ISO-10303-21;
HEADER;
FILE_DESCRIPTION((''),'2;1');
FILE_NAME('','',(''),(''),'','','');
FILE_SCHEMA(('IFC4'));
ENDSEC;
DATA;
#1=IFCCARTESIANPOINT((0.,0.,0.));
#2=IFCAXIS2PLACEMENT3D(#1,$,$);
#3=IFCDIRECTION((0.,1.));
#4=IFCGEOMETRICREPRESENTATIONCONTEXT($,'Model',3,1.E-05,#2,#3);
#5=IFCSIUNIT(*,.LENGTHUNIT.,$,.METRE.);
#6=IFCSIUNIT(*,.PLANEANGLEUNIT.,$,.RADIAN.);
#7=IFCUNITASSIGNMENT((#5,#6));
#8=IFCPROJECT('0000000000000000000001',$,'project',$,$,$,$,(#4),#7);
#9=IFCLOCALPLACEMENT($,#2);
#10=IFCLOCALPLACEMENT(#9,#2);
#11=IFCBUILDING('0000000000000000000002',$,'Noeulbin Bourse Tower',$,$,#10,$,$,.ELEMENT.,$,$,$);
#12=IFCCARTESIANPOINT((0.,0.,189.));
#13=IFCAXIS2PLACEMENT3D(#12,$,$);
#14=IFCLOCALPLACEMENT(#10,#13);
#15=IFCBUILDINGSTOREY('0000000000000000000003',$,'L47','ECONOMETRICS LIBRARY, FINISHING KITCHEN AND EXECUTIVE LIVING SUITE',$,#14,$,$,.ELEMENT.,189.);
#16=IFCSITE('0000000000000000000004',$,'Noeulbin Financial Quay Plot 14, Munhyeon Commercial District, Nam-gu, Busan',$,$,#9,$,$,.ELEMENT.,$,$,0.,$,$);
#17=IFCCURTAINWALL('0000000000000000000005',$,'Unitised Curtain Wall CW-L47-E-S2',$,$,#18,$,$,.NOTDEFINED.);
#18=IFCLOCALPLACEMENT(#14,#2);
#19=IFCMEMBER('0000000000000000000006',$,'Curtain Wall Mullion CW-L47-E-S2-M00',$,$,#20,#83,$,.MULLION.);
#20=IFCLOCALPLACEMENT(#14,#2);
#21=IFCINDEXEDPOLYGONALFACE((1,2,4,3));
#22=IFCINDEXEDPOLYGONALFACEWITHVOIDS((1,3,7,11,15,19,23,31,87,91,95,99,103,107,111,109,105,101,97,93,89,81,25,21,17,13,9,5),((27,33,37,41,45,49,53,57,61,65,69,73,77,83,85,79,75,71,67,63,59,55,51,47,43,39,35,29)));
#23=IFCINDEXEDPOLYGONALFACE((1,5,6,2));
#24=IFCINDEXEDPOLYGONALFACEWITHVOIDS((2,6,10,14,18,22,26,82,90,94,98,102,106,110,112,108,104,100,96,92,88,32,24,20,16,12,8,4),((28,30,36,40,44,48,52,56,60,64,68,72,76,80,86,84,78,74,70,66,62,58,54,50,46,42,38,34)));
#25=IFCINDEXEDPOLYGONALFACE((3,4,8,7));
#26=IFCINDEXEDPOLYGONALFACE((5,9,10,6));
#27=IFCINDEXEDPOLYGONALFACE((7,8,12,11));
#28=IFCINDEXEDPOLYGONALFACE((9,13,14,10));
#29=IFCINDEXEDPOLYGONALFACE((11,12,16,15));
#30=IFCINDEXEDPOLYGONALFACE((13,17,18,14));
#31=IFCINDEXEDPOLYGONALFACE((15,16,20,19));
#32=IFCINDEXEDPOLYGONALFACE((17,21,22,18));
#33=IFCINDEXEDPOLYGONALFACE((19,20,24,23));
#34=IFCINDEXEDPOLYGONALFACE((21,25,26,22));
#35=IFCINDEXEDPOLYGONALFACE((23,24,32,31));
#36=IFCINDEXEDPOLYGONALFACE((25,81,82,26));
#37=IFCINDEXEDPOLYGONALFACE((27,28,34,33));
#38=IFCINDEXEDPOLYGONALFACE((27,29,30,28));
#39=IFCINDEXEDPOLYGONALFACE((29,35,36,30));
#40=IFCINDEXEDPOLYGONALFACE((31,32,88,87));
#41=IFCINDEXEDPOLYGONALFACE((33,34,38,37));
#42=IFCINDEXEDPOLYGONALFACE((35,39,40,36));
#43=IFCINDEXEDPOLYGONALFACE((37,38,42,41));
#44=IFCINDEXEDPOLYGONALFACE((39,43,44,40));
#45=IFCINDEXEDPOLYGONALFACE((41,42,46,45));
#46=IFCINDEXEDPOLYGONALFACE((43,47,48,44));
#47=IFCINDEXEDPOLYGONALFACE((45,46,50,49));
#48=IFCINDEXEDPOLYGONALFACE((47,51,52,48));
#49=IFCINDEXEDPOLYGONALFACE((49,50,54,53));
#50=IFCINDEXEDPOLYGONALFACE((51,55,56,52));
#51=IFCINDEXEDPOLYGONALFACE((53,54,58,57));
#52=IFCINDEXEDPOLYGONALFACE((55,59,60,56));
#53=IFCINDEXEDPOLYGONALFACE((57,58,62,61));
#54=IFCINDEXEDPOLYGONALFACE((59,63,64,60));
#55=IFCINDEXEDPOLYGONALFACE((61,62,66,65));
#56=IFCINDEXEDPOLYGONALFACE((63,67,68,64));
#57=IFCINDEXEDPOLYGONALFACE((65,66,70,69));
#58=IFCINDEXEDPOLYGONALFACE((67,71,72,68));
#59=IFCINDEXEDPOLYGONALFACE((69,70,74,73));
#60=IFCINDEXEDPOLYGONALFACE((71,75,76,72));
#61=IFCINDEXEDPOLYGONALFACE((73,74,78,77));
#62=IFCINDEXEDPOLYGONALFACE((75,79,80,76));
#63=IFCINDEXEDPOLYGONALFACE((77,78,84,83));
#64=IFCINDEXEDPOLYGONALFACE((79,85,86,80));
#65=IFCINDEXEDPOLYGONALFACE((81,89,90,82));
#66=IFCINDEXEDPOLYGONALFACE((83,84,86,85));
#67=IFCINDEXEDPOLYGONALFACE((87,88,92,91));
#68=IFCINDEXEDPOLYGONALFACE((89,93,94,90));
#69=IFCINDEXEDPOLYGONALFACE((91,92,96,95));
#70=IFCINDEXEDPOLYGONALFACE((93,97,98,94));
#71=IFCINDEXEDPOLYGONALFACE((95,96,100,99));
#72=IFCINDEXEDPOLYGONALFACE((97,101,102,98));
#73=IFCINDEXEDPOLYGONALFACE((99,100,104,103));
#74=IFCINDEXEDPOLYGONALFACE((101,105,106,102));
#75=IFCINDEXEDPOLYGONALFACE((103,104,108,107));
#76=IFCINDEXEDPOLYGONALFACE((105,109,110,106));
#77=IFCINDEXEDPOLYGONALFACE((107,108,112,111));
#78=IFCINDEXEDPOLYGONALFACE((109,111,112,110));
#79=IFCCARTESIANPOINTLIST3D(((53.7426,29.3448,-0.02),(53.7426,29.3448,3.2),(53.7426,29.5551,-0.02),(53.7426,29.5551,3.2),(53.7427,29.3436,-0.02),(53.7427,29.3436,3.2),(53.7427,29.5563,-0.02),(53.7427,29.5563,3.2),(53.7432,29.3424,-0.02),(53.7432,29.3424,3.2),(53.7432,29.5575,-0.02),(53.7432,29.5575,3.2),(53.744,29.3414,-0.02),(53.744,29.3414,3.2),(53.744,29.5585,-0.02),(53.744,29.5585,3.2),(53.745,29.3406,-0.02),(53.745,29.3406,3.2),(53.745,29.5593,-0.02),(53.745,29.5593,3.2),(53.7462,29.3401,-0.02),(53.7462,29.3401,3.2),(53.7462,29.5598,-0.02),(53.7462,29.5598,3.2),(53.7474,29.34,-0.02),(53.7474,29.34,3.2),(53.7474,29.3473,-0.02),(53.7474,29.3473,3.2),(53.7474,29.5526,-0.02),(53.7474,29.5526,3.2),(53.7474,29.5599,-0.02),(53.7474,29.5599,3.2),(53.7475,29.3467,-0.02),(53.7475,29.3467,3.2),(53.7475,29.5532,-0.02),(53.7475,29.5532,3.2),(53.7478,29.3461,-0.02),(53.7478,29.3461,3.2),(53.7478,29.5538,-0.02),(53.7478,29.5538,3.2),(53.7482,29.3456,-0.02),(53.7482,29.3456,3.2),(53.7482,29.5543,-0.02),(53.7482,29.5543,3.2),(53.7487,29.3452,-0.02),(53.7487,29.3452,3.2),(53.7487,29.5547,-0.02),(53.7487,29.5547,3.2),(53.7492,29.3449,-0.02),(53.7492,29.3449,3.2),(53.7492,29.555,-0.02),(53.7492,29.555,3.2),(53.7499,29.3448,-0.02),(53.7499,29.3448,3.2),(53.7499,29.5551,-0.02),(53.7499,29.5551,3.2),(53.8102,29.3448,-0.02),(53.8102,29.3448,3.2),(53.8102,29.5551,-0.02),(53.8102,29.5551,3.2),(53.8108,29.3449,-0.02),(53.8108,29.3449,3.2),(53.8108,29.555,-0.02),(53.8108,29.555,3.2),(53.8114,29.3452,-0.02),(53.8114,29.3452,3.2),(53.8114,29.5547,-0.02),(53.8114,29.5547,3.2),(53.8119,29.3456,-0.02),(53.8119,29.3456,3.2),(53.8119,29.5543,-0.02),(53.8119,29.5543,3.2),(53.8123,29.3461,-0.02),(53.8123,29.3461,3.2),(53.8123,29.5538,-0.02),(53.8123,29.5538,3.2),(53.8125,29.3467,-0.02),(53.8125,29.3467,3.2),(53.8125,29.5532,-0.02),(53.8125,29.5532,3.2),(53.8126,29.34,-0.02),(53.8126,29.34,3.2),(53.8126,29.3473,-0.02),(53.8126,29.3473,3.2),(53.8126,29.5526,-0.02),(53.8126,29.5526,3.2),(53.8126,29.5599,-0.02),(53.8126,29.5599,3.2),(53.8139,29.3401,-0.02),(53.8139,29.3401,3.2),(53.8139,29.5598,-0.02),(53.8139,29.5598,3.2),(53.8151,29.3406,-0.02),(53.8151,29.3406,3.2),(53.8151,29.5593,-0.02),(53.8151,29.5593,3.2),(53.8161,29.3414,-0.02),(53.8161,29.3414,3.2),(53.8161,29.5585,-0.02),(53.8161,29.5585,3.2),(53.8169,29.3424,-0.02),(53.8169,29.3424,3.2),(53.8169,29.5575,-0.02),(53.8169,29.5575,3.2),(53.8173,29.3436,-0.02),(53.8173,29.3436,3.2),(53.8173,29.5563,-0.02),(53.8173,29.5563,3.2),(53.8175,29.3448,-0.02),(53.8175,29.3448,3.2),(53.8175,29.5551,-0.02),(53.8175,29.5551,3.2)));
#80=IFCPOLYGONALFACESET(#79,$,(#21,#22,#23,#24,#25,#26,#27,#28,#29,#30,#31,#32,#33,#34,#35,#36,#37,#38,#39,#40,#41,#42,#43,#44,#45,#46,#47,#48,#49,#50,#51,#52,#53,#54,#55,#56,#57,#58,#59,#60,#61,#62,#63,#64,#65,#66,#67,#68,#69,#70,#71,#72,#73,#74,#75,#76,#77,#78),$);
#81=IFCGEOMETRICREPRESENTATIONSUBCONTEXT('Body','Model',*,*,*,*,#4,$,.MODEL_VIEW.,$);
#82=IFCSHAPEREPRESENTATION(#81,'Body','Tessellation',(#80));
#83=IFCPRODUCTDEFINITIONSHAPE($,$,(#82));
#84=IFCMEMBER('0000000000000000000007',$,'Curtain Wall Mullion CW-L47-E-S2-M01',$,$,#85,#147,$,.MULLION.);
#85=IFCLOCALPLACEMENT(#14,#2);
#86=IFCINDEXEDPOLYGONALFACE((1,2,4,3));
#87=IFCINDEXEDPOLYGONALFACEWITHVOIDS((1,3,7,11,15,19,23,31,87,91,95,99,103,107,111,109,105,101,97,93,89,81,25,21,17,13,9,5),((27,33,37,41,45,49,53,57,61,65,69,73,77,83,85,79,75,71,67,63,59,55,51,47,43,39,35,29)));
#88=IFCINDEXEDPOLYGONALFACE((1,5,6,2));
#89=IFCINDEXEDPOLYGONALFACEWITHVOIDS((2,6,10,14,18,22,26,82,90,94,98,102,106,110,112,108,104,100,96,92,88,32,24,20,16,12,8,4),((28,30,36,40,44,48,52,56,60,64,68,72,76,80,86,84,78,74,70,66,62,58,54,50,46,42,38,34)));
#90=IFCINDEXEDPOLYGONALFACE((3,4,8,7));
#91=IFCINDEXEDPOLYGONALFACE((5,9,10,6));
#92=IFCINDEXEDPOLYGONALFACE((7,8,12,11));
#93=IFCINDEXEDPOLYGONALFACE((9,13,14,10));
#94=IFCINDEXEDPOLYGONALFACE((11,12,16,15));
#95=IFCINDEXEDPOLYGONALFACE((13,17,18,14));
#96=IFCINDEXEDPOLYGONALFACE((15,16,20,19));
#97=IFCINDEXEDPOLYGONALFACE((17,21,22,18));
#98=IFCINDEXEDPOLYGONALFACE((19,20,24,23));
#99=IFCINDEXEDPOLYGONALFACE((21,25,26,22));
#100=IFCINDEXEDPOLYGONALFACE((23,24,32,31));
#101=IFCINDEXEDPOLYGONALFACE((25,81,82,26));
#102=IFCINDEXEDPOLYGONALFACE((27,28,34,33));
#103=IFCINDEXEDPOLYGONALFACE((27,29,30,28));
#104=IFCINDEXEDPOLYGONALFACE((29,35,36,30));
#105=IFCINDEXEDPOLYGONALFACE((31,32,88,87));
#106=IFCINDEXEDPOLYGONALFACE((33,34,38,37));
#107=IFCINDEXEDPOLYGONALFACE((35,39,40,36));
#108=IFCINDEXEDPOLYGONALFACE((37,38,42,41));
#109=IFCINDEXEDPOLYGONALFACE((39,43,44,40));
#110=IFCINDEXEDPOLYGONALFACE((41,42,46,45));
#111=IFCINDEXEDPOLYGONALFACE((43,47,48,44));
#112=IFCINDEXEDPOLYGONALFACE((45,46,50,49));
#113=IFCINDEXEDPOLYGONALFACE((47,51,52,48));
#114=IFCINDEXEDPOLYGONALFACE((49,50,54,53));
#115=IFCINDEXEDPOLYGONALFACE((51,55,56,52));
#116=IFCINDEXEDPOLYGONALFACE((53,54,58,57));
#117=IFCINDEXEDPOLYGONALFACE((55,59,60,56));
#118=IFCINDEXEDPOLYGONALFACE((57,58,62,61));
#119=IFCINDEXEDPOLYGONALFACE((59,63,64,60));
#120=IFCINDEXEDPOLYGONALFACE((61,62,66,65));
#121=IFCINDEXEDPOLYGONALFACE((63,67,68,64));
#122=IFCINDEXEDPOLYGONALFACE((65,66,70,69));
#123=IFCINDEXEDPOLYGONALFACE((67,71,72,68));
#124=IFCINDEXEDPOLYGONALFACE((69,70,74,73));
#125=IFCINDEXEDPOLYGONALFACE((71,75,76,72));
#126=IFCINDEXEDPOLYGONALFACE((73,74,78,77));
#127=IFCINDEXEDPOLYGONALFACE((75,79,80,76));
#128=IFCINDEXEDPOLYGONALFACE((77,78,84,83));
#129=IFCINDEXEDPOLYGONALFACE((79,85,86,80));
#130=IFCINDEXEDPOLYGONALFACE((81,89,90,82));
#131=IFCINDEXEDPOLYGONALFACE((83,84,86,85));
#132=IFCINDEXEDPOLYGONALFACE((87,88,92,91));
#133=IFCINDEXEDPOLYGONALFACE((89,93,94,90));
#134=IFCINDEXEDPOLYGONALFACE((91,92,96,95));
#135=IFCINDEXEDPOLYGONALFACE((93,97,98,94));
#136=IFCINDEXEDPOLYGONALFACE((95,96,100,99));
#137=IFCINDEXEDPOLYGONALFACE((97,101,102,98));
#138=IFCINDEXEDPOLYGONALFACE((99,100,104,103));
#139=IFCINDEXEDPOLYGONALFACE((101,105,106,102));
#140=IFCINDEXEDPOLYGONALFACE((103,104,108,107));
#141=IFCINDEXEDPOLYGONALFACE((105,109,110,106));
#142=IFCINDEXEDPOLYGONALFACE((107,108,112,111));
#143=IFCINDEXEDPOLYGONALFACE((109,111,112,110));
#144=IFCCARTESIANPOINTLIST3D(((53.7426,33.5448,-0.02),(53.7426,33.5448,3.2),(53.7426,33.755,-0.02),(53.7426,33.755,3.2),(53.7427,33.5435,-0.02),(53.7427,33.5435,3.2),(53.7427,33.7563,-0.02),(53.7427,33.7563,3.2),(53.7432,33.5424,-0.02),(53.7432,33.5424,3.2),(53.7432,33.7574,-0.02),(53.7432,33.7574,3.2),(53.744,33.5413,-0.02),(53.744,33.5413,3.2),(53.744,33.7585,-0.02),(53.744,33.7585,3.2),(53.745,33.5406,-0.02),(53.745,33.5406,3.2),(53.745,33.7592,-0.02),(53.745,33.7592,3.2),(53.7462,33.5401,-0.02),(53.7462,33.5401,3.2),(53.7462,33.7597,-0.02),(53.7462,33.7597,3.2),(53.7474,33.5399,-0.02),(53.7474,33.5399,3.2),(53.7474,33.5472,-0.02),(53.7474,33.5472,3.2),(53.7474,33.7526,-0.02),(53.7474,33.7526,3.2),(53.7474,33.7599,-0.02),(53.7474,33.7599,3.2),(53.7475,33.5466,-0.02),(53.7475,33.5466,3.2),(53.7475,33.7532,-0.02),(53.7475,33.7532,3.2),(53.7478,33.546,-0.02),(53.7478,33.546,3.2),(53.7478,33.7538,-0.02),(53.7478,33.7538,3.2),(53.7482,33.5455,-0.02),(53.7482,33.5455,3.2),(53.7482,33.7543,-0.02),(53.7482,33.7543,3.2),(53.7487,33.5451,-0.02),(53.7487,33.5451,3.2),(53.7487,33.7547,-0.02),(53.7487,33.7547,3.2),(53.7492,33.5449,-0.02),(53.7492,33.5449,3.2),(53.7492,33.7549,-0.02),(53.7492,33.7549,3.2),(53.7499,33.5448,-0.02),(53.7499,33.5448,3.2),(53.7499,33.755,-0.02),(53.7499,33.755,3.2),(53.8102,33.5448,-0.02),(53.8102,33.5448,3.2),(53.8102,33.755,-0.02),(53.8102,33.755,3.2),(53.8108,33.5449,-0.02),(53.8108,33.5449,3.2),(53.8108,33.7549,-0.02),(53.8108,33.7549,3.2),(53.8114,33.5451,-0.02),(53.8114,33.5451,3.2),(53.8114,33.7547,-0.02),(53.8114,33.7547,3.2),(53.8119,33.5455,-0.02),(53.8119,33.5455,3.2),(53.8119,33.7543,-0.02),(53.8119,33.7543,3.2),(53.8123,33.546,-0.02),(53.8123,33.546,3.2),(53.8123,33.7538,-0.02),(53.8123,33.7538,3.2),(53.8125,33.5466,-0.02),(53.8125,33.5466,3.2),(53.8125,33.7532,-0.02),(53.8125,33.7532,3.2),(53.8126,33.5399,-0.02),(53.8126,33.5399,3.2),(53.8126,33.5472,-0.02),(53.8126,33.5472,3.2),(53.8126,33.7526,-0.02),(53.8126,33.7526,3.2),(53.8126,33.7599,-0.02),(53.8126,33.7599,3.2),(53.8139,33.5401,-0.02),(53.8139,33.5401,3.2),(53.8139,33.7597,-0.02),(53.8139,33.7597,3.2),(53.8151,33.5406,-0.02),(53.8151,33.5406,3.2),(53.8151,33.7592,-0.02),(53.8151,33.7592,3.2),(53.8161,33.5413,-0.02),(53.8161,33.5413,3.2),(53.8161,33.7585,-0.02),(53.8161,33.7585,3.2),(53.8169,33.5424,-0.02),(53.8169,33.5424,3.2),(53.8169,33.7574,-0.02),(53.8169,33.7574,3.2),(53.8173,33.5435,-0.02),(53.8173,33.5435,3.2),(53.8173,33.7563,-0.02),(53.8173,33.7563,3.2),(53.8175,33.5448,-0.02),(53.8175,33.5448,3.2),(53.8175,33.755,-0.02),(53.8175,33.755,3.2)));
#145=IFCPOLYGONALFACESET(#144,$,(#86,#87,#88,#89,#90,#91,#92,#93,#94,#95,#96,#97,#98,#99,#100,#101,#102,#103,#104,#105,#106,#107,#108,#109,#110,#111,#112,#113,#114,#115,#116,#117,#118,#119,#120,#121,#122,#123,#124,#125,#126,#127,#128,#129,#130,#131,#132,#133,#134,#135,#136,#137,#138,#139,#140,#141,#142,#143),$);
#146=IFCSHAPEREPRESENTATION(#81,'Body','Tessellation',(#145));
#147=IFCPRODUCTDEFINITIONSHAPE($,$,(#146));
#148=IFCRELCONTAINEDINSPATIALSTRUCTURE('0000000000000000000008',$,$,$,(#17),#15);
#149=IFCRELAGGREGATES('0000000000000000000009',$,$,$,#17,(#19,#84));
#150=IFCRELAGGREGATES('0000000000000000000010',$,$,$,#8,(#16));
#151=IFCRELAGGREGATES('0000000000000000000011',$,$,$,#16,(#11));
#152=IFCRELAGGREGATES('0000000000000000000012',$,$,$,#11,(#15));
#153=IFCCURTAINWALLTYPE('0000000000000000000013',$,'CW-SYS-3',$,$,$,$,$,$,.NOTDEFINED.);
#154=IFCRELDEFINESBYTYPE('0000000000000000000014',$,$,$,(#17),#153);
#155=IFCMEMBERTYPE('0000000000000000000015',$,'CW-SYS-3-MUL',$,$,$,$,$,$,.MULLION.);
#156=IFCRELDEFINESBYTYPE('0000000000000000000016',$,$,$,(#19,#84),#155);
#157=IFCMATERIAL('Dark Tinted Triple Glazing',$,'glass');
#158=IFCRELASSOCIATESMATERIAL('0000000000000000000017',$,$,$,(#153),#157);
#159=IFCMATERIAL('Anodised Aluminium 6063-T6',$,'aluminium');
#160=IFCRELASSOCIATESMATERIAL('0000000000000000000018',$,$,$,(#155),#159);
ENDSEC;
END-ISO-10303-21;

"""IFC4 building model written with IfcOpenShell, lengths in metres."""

from ifc_helpers import new_model, si_unit, direction, frame, origin, origin_2d, place, context, subcontext, project, spatial, hollow_rectangle, extrude, material, material_profile, profile_set, type_object, element, aggregate, save


model = new_model("IFC4")

# Units and contexts
model_context = context("Model", 3, precision=1e-05, world=origin(), true_north=direction((0.0, 1.0)))
body_context = subcontext(model_context, "Body", "Model", "MODEL_VIEW")
ifc_project = project(units=[si_unit("LENGTHUNIT", "METRE"), si_unit("PLANEANGLEUNIT", "RADIAN")], contexts=[model_context])

# Site, building, storey
site_placement = place(None, origin())
site = spatial("IfcSite", under=ifc_project, at=site_placement, Name="Noeulbin Financial Quay Plot 14, Munhyeon Commercial District, Nam-gu, Busan", CompositionType="ELEMENT", RefElevation=0.0)
building_placement = place(site_placement, origin())
building = spatial("IfcBuilding", under=site, at=building_placement, Name="Noeulbin Bourse Tower", CompositionType="ELEMENT")
storey_placement = place(building_placement, frame((0.0, 0.0, 189.0)))
storey = spatial("IfcBuildingStorey", under=building, at=storey_placement, Name="L47", Description="ECONOMETRICS LIBRARY, FINISHING KITCHEN AND EXECUTIVE LIVING SUITE", CompositionType="ELEMENT", Elevation=189.0)

# Curtain wall, members
ifc_material_1 = material(Name="Dark Tinted Triple Glazing", Category="glass")
curtain_wall_type = type_object("IfcCurtainWallType", Name="CW-SYS-3", PredefinedType="NOTDEFINED", material=ifc_material_1)
curtain_wall_placement = place(storey_placement, origin())
curtain_wall = element("IfcCurtainWall", 1, at=curtain_wall_placement, inside=storey, type_object=curtain_wall_type, Name="Unitised Curtain Wall CW-L47-E-S2", PredefinedType="NOTDEFINED")
ifc_material_2 = material(Name="Anodised Aluminium 6063-T6", Category="aluminium")
ifc_material_profile_1 = material_profile(ifc_material_2, hollow_rectangle(XDim=0.075, YDim=0.22, WallThickness=0.0049, InnerFilletRadius=0.0024, OuterFilletRadius=0.0049, at=origin_2d()), Name="ALU-MULL-75x220x5", Category="LoadBearing")
ifc_profile_set_1 = profile_set([ifc_material_profile_1], Name="Anodised Aluminium 6063-T6")
member_type_1 = type_object("IfcMemberType", Name="CW-SYS-3-MUL", PredefinedType="MULLION", material=ifc_profile_set_1)
member_1_placement = place(storey_placement, frame((53.78, 29.45, -0.02), z_axis=(0.0, 0.0, 1.0), x_axis=(1.0, 0.0, 0.0)))
member_1 = element("IfcMember", 2, at=member_1_placement, type_object=member_type_1, Name="Curtain Wall Mullion CW-L47-E-S2-M00", PredefinedType="MULLION", context=body_context, shape_type="SweptSolid", body=[
    extrude(hollow_rectangle(XDim=0.075, YDim=0.22, WallThickness=0.0049, InnerFilletRadius=0.0024, OuterFilletRadius=0.0049, at=origin_2d()), origin(), (0.0, 0.0, 1.0), 3.22),
])
member_2_placement = place(storey_placement, frame((53.78, 33.6499, -0.02), z_axis=(0.0, 0.0, 1.0), x_axis=(1.0, 0.0, 0.0)))
member_2 = element("IfcMember", 3, at=member_2_placement, type_object=member_type_1, Name="Curtain Wall Mullion CW-L47-E-S2-M01", PredefinedType="MULLION", context=body_context, shape_type="SweptSolid", body=[
    extrude(hollow_rectangle(XDim=0.075, YDim=0.22, WallThickness=0.0049, InnerFilletRadius=0.0024, OuterFilletRadius=0.0049, at=origin_2d()), origin(), (0.0, 0.0, 1.0), 3.22),
])
aggregate(curtain_wall, [member_1, member_2])

save(model, "model.ifc")
